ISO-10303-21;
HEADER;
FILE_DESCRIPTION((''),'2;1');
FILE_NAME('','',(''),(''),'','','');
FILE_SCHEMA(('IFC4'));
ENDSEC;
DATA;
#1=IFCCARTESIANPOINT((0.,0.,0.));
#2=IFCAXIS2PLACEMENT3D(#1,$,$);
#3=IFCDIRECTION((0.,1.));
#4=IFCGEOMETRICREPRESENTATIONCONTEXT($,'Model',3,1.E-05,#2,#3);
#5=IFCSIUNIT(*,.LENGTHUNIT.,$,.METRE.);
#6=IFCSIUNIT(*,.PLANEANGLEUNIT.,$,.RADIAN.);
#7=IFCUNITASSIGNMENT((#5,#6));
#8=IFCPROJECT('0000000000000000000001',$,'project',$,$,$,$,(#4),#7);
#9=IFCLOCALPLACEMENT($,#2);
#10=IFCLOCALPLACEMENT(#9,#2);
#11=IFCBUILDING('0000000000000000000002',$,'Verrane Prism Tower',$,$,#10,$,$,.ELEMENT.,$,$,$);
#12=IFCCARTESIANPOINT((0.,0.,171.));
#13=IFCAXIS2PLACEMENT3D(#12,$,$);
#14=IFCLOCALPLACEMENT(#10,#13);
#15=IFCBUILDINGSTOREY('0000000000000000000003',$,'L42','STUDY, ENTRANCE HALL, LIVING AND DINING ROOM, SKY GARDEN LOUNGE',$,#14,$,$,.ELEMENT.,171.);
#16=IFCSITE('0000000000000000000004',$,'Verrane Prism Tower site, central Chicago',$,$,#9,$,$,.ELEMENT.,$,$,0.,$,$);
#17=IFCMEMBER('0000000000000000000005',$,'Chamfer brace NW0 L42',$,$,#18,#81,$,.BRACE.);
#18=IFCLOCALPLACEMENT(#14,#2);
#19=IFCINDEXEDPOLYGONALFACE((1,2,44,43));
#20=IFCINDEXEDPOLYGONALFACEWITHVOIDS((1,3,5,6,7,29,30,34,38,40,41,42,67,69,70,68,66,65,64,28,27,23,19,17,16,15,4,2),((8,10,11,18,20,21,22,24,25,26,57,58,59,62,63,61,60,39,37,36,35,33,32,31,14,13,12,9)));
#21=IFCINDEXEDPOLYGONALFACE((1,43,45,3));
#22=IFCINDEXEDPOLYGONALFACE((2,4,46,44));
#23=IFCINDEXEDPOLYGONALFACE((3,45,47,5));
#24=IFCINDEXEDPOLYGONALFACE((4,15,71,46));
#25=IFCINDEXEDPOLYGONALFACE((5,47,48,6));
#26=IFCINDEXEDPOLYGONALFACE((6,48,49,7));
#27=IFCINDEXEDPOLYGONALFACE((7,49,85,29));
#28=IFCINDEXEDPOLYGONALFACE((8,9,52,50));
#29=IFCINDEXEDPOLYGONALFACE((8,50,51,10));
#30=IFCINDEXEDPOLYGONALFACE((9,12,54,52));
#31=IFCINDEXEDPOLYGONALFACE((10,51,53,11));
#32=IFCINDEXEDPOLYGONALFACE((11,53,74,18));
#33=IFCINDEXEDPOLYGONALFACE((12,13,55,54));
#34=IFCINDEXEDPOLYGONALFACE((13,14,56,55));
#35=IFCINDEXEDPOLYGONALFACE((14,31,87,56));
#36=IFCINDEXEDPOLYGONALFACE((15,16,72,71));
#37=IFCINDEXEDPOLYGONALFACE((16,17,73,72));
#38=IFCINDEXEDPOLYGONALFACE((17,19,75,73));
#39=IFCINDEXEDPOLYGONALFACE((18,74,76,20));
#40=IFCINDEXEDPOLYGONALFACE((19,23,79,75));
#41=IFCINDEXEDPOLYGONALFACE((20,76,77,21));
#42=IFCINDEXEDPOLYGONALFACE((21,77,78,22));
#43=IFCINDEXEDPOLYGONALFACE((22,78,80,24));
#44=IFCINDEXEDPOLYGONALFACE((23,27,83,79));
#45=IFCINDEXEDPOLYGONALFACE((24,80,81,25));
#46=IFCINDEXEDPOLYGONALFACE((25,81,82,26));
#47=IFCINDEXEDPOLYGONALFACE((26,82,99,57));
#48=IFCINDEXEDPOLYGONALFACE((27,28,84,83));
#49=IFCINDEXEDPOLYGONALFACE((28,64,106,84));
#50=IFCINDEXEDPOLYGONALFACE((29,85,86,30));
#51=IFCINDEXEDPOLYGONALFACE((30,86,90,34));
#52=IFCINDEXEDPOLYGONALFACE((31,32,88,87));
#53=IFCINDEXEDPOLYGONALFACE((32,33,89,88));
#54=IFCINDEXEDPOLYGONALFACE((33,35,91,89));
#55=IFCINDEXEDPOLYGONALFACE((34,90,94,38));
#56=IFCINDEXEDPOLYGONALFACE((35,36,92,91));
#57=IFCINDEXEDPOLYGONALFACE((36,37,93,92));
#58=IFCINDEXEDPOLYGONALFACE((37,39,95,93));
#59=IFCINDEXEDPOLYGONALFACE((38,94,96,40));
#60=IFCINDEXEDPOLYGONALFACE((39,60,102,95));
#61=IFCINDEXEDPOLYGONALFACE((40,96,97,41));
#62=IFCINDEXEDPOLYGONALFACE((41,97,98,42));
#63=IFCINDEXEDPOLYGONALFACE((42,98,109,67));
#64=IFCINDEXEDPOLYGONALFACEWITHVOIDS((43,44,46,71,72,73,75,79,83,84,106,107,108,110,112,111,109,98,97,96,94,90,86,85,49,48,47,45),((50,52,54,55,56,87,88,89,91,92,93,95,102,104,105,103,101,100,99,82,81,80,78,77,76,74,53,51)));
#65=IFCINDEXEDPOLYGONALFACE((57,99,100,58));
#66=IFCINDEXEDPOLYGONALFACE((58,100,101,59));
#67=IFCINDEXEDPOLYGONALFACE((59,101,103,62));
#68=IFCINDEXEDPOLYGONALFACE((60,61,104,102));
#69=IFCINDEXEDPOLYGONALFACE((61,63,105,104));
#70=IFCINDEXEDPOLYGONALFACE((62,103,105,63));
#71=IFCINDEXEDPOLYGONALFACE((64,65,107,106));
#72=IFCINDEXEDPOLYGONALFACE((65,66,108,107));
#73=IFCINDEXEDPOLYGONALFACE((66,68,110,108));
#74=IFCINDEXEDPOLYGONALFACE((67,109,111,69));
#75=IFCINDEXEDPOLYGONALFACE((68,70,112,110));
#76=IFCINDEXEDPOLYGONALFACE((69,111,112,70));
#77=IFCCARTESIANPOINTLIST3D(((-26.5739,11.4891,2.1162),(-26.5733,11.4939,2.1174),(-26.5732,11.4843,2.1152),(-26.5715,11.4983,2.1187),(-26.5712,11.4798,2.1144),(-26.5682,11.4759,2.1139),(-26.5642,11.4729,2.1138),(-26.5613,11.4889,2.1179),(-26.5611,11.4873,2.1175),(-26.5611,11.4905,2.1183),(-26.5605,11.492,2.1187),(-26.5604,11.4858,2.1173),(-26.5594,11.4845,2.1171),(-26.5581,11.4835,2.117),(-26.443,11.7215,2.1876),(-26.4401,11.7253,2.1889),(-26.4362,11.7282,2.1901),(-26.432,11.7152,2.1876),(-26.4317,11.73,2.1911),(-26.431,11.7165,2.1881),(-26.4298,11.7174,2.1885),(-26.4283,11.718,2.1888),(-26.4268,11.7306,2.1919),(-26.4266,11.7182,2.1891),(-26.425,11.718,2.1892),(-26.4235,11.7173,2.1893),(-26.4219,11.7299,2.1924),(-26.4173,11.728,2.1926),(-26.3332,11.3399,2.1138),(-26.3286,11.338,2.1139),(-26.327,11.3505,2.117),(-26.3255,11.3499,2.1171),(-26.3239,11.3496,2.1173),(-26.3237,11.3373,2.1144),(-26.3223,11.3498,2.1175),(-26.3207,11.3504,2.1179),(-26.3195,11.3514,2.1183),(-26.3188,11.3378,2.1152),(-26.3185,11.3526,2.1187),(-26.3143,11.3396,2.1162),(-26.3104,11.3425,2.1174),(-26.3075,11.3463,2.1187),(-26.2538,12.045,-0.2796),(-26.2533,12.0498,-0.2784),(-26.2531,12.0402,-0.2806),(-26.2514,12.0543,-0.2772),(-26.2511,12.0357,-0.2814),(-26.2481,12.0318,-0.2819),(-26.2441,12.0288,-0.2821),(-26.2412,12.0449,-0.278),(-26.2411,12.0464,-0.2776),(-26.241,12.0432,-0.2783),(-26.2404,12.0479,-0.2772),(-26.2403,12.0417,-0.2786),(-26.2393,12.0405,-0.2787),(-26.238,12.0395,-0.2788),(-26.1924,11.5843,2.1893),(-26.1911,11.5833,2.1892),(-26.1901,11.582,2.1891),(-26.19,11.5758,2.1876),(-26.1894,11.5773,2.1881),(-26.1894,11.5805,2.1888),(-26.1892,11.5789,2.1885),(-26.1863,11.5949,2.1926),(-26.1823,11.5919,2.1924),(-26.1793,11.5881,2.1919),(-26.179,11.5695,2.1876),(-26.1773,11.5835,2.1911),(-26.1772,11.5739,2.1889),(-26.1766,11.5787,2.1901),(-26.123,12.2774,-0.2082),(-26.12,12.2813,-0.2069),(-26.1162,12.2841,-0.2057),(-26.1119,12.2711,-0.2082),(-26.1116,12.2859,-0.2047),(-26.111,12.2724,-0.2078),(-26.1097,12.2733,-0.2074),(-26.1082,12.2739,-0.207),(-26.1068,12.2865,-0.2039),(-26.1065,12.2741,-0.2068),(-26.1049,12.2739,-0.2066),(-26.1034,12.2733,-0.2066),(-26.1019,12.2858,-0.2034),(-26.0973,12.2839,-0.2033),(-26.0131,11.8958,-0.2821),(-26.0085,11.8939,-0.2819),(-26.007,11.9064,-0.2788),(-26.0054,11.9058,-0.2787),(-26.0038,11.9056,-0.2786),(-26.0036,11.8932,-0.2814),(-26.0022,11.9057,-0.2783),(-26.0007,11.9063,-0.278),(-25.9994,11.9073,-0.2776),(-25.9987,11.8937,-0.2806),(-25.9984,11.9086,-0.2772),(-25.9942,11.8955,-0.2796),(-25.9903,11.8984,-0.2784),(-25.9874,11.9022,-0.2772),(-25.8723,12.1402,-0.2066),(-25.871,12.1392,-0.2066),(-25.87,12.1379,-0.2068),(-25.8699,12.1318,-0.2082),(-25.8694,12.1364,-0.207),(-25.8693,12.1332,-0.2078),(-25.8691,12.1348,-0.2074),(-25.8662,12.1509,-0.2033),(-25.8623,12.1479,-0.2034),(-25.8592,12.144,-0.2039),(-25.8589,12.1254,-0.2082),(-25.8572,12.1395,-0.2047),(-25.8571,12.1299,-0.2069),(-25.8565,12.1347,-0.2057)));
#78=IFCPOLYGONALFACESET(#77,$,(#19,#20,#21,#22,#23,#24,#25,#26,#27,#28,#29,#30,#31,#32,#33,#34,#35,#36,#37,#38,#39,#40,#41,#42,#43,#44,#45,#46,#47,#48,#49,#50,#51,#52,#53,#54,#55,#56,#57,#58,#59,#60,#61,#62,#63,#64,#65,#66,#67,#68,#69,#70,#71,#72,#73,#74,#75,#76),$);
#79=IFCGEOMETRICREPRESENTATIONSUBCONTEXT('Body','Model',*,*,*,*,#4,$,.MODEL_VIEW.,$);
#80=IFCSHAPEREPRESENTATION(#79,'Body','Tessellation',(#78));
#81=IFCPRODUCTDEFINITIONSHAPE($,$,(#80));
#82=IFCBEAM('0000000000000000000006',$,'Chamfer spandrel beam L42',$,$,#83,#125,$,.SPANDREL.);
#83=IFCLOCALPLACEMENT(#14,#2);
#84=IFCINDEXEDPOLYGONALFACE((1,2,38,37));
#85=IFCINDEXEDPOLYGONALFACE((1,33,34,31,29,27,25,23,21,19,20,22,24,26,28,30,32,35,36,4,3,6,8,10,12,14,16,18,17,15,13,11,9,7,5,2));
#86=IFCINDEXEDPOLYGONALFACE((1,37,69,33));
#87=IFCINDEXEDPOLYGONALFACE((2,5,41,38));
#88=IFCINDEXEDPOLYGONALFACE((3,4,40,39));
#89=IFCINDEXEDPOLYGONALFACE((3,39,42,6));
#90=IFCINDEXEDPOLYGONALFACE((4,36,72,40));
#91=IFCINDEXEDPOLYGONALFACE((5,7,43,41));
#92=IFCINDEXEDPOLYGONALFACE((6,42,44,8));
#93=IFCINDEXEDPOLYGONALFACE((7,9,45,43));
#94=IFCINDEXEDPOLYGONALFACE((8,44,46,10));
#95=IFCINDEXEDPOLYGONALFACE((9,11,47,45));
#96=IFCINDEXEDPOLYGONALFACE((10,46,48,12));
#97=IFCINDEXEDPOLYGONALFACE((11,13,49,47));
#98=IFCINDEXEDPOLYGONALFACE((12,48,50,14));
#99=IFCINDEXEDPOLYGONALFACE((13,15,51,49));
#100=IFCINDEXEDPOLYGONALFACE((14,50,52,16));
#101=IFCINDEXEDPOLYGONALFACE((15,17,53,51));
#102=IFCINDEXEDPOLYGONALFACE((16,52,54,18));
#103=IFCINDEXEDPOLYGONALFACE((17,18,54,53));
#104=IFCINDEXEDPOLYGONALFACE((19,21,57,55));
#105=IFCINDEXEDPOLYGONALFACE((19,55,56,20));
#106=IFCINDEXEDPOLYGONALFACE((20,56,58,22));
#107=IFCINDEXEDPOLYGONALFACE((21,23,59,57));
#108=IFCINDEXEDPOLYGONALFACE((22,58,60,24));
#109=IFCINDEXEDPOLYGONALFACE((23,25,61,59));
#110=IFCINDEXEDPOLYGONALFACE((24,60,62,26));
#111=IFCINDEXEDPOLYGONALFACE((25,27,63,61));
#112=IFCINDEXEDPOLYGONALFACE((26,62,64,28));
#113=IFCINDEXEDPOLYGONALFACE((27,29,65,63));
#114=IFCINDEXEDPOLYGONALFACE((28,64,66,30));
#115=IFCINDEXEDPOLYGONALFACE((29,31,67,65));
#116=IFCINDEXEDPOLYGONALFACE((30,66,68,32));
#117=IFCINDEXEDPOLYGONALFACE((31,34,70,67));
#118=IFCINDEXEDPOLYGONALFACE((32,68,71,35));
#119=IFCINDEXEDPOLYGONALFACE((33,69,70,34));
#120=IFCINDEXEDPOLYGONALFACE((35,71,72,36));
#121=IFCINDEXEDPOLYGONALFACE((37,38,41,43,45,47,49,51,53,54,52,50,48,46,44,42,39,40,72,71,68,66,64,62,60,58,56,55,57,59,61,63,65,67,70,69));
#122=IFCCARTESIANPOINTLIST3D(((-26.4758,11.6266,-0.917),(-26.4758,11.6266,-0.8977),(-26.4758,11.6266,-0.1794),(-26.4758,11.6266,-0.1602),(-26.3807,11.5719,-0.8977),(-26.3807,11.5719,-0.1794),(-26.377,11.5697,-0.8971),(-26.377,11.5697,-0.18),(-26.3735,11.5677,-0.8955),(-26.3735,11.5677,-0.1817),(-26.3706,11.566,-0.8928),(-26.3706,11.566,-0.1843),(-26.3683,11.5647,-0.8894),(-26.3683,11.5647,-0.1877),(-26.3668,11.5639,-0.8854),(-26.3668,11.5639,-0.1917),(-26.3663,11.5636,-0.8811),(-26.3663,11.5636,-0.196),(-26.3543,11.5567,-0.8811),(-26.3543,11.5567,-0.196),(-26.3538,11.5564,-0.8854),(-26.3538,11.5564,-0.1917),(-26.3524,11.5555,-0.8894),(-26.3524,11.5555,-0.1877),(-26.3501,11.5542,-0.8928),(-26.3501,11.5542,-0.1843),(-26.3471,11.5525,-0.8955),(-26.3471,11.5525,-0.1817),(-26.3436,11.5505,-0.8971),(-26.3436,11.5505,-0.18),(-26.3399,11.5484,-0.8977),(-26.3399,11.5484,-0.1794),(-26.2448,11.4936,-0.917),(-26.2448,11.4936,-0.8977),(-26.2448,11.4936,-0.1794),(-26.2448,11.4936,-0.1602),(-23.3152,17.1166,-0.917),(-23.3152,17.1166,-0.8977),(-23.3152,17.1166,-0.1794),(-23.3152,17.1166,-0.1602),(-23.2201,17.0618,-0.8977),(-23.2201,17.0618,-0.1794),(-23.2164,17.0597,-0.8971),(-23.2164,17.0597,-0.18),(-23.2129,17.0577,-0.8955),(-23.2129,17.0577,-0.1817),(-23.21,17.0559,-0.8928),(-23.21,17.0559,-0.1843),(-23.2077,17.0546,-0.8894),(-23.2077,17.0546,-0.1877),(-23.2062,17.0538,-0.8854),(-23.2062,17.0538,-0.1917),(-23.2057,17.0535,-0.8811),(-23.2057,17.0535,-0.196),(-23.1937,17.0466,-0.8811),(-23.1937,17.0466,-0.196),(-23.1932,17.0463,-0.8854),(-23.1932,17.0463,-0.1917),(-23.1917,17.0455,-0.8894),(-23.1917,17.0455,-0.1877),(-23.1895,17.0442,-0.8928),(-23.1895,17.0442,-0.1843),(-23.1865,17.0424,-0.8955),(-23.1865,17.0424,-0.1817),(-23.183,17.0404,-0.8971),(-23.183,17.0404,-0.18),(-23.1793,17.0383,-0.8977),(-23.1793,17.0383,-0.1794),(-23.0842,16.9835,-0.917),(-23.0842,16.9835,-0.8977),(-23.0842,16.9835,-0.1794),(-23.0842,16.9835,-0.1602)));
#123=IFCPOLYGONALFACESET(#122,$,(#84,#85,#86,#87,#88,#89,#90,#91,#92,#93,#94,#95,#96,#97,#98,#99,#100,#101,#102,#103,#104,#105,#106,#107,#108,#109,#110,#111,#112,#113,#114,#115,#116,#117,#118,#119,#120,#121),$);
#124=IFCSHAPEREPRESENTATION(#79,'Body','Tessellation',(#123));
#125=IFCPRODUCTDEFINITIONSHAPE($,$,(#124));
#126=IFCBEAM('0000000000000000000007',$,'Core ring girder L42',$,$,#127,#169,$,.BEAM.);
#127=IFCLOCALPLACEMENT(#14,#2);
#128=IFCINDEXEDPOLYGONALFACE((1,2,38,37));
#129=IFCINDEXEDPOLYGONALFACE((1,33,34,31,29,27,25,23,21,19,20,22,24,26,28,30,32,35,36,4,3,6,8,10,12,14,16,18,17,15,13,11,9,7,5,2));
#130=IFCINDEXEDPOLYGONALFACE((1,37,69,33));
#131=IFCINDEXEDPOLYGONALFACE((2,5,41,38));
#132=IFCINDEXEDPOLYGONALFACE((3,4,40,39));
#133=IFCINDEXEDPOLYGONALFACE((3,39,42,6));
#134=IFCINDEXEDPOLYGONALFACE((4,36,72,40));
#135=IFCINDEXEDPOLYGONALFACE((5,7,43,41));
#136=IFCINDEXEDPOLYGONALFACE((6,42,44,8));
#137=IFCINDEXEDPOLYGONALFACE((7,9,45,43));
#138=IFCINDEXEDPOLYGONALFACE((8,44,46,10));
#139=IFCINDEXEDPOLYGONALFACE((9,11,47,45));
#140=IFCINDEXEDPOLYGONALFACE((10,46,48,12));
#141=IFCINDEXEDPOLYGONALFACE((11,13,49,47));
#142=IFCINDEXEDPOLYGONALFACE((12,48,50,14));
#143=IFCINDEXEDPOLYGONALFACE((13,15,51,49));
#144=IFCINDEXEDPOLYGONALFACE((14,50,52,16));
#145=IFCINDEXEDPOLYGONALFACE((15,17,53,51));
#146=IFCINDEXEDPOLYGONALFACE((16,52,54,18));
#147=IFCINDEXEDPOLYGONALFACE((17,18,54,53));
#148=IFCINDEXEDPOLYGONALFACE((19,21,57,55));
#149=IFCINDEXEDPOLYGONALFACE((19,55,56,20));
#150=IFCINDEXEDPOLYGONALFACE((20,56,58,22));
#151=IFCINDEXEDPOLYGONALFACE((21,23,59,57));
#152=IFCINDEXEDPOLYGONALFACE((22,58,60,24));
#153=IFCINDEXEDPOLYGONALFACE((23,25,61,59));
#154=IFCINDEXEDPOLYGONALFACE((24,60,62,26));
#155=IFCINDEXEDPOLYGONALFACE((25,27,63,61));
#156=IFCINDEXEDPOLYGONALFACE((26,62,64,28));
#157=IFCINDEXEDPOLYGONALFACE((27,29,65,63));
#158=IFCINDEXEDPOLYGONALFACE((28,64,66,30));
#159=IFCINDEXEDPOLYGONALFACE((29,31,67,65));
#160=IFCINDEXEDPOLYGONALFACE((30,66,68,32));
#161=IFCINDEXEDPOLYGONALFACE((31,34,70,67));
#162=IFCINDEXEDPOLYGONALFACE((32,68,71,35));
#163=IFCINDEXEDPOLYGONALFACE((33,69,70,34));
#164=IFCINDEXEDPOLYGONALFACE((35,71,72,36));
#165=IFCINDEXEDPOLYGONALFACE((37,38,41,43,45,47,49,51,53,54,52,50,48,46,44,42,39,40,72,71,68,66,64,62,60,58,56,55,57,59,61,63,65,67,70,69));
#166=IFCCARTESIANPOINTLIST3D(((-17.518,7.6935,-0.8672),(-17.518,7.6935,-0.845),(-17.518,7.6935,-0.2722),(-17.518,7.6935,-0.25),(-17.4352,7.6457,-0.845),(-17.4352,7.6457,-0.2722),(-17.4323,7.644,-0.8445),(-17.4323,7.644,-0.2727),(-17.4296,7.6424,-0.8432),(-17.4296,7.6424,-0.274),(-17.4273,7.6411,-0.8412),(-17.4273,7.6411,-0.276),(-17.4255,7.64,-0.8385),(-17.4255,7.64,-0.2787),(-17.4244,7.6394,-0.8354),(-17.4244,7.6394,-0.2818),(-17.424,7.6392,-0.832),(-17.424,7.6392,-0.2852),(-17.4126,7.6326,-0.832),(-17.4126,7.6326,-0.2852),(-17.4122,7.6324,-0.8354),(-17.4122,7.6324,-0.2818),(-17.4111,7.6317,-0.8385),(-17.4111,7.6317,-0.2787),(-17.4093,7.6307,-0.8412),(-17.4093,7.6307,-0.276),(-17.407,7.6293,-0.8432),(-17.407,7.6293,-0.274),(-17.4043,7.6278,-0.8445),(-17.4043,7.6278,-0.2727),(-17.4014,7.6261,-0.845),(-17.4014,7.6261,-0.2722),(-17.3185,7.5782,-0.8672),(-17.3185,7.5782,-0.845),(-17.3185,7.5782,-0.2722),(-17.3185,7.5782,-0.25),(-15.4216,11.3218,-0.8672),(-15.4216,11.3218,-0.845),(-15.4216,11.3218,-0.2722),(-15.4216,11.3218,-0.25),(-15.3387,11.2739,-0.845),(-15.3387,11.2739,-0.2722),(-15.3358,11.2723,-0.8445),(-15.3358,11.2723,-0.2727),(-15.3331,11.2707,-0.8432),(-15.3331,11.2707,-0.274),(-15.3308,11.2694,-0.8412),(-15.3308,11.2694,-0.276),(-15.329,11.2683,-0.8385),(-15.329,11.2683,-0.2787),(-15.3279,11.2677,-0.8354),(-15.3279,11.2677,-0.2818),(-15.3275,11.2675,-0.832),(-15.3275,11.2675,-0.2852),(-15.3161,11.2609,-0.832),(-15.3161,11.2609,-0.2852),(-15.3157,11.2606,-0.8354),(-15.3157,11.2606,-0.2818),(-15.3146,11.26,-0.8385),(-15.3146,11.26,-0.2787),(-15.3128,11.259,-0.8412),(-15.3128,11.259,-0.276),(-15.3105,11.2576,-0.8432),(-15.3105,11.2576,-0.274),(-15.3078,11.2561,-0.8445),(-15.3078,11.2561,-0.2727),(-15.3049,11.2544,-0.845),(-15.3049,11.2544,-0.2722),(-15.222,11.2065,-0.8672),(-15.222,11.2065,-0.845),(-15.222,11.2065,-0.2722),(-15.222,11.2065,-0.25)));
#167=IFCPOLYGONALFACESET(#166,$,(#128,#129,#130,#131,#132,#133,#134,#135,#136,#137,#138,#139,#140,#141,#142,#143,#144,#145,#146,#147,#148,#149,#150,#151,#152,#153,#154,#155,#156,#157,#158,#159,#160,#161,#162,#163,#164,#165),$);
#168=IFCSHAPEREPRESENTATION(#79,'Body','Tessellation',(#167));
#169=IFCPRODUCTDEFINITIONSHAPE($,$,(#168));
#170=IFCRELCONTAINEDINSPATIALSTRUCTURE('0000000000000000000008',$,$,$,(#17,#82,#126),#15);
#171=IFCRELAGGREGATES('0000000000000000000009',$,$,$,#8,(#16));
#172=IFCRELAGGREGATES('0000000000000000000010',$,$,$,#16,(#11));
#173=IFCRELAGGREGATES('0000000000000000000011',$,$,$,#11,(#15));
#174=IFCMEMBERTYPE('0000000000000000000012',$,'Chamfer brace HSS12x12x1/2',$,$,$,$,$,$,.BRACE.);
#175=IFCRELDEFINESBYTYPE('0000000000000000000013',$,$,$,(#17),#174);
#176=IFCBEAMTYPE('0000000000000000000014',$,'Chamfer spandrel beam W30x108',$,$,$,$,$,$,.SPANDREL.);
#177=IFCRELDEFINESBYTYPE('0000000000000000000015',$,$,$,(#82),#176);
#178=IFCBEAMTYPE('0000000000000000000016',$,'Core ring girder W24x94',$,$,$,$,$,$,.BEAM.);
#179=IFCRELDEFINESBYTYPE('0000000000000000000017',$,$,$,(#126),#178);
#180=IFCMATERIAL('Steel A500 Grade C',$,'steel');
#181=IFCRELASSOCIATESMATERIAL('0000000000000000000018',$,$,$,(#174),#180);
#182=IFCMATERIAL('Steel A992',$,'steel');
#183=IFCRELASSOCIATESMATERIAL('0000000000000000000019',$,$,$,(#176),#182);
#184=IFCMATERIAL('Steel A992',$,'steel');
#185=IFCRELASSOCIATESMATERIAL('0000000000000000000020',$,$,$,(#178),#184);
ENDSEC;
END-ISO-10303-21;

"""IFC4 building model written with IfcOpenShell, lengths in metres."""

from ifc_helpers import new_model, si_unit, direction, frame, origin, origin_2d, place, context, subcontext, project, spatial, hollow_rectangle, i_section, extrude, material, material_profile, profile_set, type_object, element, save


model = new_model("IFC4")

# Units and contexts
model_context = context("Model", 3, precision=1e-05, world=origin(), true_north=direction((0.0, 1.0)))
body_context = subcontext(model_context, "Body", "Model", "MODEL_VIEW")
ifc_project = project(units=[si_unit("LENGTHUNIT", "METRE"), si_unit("PLANEANGLEUNIT", "RADIAN")], contexts=[model_context])

# Site, building, storey
site_placement = place(None, origin())
site = spatial("IfcSite", under=ifc_project, at=site_placement, Name="Verrane Prism Tower site, central Chicago", CompositionType="ELEMENT", RefElevation=0.0)
building_placement = place(site_placement, origin())
building = spatial("IfcBuilding", under=site, at=building_placement, Name="Verrane Prism Tower", CompositionType="ELEMENT")
storey_placement = place(building_placement, frame((0.0, 0.0, 171.0)))
storey = spatial("IfcBuildingStorey", under=building, at=storey_placement, Name="L42", Description="STUDY, ENTRANCE HALL, LIVING AND DINING ROOM, SKY GARDEN LOUNGE", CompositionType="ELEMENT", Elevation=171.0)

# Member
ifc_material_1 = material(Name="Steel A500 Grade C", Category="steel")
ifc_material_profile_1 = material_profile(ifc_material_1, hollow_rectangle(XDim=0.3047, YDim=0.3047, WallThickness=0.0127, InnerFilletRadius=0.0063, OuterFilletRadius=0.019, at=origin_2d()), Name="HSS12x12x1/2")
ifc_profile_set_1 = profile_set([ifc_material_profile_1], Name="Steel A500 Grade C")
member_type_1 = type_object("IfcMemberType", Name="Chamfer brace HSS12x12x1/2", PredefinedType="BRACE", material=ifc_profile_set_1)
member_1_placement = place(storey_placement, frame((-26.0552, 12.0898, -0.2427), z_axis=(-0.129052, -0.224144, 0.965974), x_axis=(0.866622, -0.498964, 0.0)))
element("IfcMember", 1, at=member_1_placement, inside=storey, type_object=member_type_1, Name="Chamfer brace NW0 L42", PredefinedType="BRACE", context=body_context, shape_type="SweptSolid", body=[
    extrude(hollow_rectangle(XDim=0.3047, YDim=0.3047, WallThickness=0.0127, InnerFilletRadius=0.0063, OuterFilletRadius=0.019, at=origin_2d()), origin(), (0.0, 0.0, 1.0), 2.4802),
])

# Beams
ifc_material_2 = material(Name="Steel A992", Category="steel")
ifc_material_profile_2 = material_profile(ifc_material_2, i_section(OverallWidth=0.2666, OverallDepth=0.7568, WebThickness=0.0139, FlangeThickness=0.0193, FilletRadius=0.0166, at=origin_2d()), Name="W30x108")
ifc_profile_set_2 = profile_set([ifc_material_profile_2], Name="Steel A992")
beam_type_1 = type_object("IfcBeamType", Name="Chamfer spandrel beam W30x108", PredefinedType="SPANDREL", material=ifc_profile_set_2)
beam_1_placement = place(storey_placement, frame((-23.1997, 17.05, -0.5386), z_axis=(-0.498934, -0.86664, 0.0), x_axis=(0.86664, -0.498934, 0.0)))
element("IfcBeam", 2, at=beam_1_placement, inside=storey, type_object=beam_type_1, Name="Chamfer spandrel beam L42", PredefinedType="SPANDREL", context=body_context, shape_type="SweptSolid", body=[
    extrude(i_section(OverallWidth=0.2666, OverallDepth=0.7568, WebThickness=0.0139, FlangeThickness=0.0193, FilletRadius=0.0166, at=origin_2d()), origin(), (0.0, 0.0, 1.0), 6.3347),
])
ifc_material_3 = material(Name="Steel A992", Category="steel")
ifc_material_profile_3 = material_profile(ifc_material_3, i_section(OverallWidth=0.2305, OverallDepth=0.6172, WebThickness=0.0132, FlangeThickness=0.0222, FilletRadius=0.0129, at=origin_2d()), Name="W24x94")
ifc_profile_set_3 = profile_set([ifc_material_profile_3], Name="Steel A992")
beam_type_2 = type_object("IfcBeamType", Name="Core ring girder W24x94", PredefinedType="BEAM", material=ifc_profile_set_3)
beam_2_placement = place(storey_placement, frame((-15.3218, 11.2642, -0.5586), z_axis=(-0.500306, -0.865849, 0.0), x_axis=(0.865849, -0.500306, 0.0)))
element("IfcBeam", 3, at=beam_2_placement, inside=storey, type_object=beam_type_2, Name="Core ring girder L42", PredefinedType="BEAM", context=body_context, shape_type="SweptSolid", body=[
    extrude(i_section(OverallWidth=0.2305, OverallDepth=0.6172, WebThickness=0.0132, FlangeThickness=0.0222, FilletRadius=0.0129, at=origin_2d()), origin(), (0.0, 0.0, 1.0), 4.1904),
])

save(model, "model.ifc")
